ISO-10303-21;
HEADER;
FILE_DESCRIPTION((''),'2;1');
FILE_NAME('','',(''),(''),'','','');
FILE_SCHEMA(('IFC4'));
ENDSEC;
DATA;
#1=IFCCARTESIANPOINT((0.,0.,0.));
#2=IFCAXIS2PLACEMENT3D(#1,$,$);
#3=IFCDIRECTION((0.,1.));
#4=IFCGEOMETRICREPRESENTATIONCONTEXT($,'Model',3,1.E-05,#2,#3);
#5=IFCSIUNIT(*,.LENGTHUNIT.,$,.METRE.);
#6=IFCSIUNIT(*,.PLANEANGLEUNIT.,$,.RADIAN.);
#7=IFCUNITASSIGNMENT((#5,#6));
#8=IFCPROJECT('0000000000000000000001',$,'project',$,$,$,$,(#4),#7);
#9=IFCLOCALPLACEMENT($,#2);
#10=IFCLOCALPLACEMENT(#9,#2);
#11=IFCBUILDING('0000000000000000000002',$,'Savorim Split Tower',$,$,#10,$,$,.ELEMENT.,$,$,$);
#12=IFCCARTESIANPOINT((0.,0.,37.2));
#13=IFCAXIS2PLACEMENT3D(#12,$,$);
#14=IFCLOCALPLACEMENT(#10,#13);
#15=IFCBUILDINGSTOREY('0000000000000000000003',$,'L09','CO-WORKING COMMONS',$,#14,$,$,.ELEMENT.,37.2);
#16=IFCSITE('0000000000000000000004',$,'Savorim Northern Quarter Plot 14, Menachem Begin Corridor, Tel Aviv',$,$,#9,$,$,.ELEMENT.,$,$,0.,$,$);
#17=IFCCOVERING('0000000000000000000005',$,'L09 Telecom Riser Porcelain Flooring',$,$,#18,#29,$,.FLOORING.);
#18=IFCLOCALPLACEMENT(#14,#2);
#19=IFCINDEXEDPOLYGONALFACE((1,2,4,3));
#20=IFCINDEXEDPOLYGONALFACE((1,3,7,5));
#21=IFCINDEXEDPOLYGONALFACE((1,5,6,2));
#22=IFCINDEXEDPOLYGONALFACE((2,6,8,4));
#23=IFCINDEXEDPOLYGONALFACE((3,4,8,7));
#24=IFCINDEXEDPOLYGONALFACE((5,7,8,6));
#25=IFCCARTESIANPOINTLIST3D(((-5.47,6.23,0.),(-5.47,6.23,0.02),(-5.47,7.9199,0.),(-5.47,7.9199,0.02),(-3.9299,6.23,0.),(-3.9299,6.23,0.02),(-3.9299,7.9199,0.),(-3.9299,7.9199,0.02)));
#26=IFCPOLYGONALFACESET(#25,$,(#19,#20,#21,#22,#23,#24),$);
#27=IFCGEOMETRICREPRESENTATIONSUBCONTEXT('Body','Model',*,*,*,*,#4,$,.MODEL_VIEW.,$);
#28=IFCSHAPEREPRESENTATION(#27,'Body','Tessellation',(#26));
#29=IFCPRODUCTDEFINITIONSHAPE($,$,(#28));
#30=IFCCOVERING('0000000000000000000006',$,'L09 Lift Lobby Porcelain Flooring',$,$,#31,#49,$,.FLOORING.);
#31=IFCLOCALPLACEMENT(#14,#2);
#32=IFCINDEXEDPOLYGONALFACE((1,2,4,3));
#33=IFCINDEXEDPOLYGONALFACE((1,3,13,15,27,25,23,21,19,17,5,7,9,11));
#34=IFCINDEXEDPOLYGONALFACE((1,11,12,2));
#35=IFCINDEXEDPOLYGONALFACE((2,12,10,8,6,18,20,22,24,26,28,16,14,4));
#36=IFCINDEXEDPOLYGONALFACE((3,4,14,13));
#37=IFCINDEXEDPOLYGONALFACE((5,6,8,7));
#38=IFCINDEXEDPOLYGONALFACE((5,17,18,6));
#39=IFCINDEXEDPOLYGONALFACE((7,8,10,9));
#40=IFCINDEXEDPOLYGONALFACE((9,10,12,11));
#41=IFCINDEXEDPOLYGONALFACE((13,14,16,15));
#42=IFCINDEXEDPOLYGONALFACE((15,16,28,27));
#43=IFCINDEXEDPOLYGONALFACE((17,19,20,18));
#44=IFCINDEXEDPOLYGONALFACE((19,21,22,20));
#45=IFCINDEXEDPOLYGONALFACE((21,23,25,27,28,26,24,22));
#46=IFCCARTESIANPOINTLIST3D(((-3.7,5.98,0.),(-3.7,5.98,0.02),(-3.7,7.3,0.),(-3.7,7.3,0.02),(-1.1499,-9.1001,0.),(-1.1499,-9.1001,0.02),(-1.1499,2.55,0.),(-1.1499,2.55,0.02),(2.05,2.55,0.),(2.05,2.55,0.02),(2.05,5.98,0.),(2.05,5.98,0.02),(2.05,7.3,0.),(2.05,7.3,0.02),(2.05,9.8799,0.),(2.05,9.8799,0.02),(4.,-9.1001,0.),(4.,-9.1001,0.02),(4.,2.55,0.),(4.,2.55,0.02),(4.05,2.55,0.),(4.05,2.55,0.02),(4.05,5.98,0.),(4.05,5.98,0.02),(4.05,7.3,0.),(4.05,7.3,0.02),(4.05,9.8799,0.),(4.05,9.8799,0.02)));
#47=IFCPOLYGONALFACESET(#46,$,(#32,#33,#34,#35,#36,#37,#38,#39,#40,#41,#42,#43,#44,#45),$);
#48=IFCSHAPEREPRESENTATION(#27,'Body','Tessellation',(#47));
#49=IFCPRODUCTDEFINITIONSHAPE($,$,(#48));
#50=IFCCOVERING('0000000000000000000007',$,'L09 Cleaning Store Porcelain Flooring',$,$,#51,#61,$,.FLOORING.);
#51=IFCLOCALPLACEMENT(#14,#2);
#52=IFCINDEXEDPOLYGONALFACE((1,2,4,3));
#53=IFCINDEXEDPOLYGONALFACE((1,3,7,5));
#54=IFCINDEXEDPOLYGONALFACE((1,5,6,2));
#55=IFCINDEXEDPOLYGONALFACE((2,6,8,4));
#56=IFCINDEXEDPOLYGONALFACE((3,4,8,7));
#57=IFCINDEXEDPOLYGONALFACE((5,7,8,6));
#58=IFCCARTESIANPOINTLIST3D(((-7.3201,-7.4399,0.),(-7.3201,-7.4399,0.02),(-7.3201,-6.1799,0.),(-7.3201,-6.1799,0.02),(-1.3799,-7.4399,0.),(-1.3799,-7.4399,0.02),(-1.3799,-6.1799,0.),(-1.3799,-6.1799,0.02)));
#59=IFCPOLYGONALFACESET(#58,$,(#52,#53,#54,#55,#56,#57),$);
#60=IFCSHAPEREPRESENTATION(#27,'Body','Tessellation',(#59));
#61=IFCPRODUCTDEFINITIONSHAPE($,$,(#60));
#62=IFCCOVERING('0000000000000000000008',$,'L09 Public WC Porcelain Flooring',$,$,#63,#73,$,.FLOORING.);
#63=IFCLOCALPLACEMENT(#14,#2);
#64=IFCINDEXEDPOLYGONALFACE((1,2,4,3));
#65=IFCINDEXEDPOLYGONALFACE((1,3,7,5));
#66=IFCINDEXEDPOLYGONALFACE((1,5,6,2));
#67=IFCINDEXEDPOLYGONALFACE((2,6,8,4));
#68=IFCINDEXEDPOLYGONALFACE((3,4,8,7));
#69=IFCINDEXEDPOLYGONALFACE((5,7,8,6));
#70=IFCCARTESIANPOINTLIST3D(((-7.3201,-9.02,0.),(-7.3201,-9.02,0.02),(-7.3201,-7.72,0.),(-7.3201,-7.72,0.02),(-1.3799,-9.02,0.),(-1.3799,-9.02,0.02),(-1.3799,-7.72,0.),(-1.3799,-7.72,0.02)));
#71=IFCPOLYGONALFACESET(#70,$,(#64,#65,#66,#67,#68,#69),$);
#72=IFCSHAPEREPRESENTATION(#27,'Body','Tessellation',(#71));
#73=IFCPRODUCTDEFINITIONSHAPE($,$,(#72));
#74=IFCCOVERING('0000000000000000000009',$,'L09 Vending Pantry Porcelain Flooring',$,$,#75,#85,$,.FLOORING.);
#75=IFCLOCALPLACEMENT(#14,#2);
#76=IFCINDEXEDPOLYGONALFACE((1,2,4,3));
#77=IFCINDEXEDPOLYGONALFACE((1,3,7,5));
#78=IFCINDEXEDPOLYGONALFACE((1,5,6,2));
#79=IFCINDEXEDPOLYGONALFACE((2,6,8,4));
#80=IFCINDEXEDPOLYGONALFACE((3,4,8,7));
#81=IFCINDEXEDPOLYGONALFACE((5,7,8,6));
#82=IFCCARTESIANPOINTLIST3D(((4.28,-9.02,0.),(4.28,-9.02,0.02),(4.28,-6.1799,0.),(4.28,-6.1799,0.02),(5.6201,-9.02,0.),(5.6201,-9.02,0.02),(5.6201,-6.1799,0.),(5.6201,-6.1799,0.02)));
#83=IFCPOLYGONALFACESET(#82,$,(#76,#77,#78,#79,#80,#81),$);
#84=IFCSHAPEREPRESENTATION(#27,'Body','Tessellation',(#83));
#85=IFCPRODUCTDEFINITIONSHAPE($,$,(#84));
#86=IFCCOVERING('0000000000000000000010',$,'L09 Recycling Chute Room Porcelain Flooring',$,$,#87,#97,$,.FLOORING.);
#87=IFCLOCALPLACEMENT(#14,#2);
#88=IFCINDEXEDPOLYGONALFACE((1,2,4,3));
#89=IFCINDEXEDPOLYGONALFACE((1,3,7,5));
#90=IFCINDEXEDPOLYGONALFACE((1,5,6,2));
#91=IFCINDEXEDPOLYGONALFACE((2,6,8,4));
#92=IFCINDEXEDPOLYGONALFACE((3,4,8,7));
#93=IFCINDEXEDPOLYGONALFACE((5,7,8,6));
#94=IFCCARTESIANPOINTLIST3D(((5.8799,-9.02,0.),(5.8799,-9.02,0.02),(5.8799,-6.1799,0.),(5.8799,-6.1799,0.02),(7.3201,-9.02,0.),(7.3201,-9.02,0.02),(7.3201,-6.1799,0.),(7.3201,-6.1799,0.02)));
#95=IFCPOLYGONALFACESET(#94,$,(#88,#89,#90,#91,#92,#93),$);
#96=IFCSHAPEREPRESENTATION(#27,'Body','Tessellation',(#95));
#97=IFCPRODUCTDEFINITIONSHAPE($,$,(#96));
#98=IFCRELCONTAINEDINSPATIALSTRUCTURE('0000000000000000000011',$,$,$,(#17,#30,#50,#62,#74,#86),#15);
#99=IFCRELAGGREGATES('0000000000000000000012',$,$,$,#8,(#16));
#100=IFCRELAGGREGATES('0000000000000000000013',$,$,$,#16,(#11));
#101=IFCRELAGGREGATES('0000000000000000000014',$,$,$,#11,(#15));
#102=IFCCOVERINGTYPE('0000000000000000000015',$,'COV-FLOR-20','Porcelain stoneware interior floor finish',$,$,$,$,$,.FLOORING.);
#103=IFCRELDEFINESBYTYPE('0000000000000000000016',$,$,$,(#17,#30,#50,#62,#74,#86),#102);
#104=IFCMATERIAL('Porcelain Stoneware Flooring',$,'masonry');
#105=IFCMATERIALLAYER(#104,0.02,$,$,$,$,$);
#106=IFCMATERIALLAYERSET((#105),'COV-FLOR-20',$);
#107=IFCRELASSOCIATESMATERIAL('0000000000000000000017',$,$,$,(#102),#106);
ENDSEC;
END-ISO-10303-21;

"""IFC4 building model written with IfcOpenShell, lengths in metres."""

from ifc_helpers import new_model, si_unit, direction, frame, origin, place, context, subcontext, project, spatial, polyline, outline, extrude, material, layer, layer_set, type_object, element, save


model = new_model("IFC4")

# Units and contexts
model_context = context("Model", 3, precision=1e-05, world=origin(), true_north=direction((0.0, 1.0)))
body_context = subcontext(model_context, "Body", "Model", "MODEL_VIEW")
ifc_project = project(units=[si_unit("LENGTHUNIT", "METRE"), si_unit("PLANEANGLEUNIT", "RADIAN")], contexts=[model_context])

# Site, building, storey
site_placement = place(None, origin())
site = spatial("IfcSite", under=ifc_project, at=site_placement, Name="Savorim Northern Quarter Plot 14, Menachem Begin Corridor, Tel Aviv", CompositionType="ELEMENT", RefElevation=0.0)
building_placement = place(site_placement, origin())
building = spatial("IfcBuilding", under=site, at=building_placement, Name="Savorim Split Tower", CompositionType="ELEMENT")
storey_placement = place(building_placement, frame((0.0, 0.0, 37.2)))
storey = spatial("IfcBuildingStorey", under=building, at=storey_placement, Name="L09", Description="CO-WORKING COMMONS", CompositionType="ELEMENT", Elevation=37.2)

# Coverings
ifc_material_1 = material(Name="Porcelain Stoneware Flooring", Category="masonry")
ifc_layer_1 = layer(ifc_material_1, 0.02)
ifc_layer_set_1 = layer_set([ifc_layer_1], Name="COV-FLOR-20")
covering_type_1 = type_object("IfcCoveringType", Name="COV-FLOR-20", Description="Porcelain stoneware interior floor finish", PredefinedType="FLOORING", material=ifc_layer_set_1)
covering_1_placement = place(storey_placement, origin())
element("IfcCovering", 1, at=covering_1_placement, inside=storey, type_object=covering_type_1, Name="L09 Telecom Riser Porcelain Flooring", PredefinedType="FLOORING", context=body_context, shape_type="SweptSolid", body=[
    extrude(outline(polyline([(-5.47, 7.9199), (-5.47, 6.23), (-3.9299, 6.23), (-3.9299, 7.9199), (-5.47, 7.9199)])), origin(), (0.0, 0.0, 1.0), 0.02),
])
covering_2_placement = place(storey_placement, origin())
element("IfcCovering", 2, at=covering_2_placement, inside=storey, type_object=covering_type_1, Name="L09 Lift Lobby Porcelain Flooring", PredefinedType="FLOORING", context=body_context, shape_type="SweptSolid", body=[
    extrude(outline(polyline([(2.05, 2.55), (-1.1499, 2.55), (-1.1499, -9.1001), (4.0, -9.1001), (4.0, 2.55), (4.05, 2.55), (4.05, 5.98), (4.05, 7.3), (4.05, 9.8799), (2.05, 9.8799), (2.05, 7.3), (-3.7, 7.3), (-3.7, 5.98), (2.05, 5.98), (2.05, 2.55)])), origin(), (0.0, 0.0, 1.0), 0.02),
])
covering_3_placement = place(storey_placement, origin())
element("IfcCovering", 3, at=covering_3_placement, inside=storey, type_object=covering_type_1, Name="L09 Cleaning Store Porcelain Flooring", PredefinedType="FLOORING", context=body_context, shape_type="SweptSolid", body=[
    extrude(outline(polyline([(-7.3201, -6.1799), (-7.3201, -7.4399), (-1.3799, -7.4399), (-1.3799, -6.1799), (-7.3201, -6.1799)])), origin(), (0.0, 0.0, 1.0), 0.02),
])
covering_4_placement = place(storey_placement, origin())
element("IfcCovering", 4, at=covering_4_placement, inside=storey, type_object=covering_type_1, Name="L09 Public WC Porcelain Flooring", PredefinedType="FLOORING", context=body_context, shape_type="SweptSolid", body=[
    extrude(outline(polyline([(-7.3201, -7.72), (-7.3201, -9.02), (-1.3799, -9.02), (-1.3799, -7.72), (-7.3201, -7.72)])), origin(), (0.0, 0.0, 1.0), 0.02),
])
covering_5_placement = place(storey_placement, origin())
element("IfcCovering", 5, at=covering_5_placement, inside=storey, type_object=covering_type_1, Name="L09 Vending Pantry Porcelain Flooring", PredefinedType="FLOORING", context=body_context, shape_type="SweptSolid", body=[
    extrude(outline(polyline([(4.28, -6.1799), (4.28, -9.02), (5.6201, -9.02), (5.6201, -6.1799), (4.28, -6.1799)])), origin(), (0.0, 0.0, 1.0), 0.02),
])
covering_6_placement = place(storey_placement, origin())
element("IfcCovering", 6, at=covering_6_placement, inside=storey, type_object=covering_type_1, Name="L09 Recycling Chute Room Porcelain Flooring", PredefinedType="FLOORING", context=body_context, shape_type="SweptSolid", body=[
    extrude(outline(polyline([(5.8799, -6.1799), (5.8799, -9.02), (7.3201, -9.02), (7.3201, -6.1799), (5.8799, -6.1799)])), origin(), (0.0, 0.0, 1.0), 0.02),
])

save(model, "model.ifc")
